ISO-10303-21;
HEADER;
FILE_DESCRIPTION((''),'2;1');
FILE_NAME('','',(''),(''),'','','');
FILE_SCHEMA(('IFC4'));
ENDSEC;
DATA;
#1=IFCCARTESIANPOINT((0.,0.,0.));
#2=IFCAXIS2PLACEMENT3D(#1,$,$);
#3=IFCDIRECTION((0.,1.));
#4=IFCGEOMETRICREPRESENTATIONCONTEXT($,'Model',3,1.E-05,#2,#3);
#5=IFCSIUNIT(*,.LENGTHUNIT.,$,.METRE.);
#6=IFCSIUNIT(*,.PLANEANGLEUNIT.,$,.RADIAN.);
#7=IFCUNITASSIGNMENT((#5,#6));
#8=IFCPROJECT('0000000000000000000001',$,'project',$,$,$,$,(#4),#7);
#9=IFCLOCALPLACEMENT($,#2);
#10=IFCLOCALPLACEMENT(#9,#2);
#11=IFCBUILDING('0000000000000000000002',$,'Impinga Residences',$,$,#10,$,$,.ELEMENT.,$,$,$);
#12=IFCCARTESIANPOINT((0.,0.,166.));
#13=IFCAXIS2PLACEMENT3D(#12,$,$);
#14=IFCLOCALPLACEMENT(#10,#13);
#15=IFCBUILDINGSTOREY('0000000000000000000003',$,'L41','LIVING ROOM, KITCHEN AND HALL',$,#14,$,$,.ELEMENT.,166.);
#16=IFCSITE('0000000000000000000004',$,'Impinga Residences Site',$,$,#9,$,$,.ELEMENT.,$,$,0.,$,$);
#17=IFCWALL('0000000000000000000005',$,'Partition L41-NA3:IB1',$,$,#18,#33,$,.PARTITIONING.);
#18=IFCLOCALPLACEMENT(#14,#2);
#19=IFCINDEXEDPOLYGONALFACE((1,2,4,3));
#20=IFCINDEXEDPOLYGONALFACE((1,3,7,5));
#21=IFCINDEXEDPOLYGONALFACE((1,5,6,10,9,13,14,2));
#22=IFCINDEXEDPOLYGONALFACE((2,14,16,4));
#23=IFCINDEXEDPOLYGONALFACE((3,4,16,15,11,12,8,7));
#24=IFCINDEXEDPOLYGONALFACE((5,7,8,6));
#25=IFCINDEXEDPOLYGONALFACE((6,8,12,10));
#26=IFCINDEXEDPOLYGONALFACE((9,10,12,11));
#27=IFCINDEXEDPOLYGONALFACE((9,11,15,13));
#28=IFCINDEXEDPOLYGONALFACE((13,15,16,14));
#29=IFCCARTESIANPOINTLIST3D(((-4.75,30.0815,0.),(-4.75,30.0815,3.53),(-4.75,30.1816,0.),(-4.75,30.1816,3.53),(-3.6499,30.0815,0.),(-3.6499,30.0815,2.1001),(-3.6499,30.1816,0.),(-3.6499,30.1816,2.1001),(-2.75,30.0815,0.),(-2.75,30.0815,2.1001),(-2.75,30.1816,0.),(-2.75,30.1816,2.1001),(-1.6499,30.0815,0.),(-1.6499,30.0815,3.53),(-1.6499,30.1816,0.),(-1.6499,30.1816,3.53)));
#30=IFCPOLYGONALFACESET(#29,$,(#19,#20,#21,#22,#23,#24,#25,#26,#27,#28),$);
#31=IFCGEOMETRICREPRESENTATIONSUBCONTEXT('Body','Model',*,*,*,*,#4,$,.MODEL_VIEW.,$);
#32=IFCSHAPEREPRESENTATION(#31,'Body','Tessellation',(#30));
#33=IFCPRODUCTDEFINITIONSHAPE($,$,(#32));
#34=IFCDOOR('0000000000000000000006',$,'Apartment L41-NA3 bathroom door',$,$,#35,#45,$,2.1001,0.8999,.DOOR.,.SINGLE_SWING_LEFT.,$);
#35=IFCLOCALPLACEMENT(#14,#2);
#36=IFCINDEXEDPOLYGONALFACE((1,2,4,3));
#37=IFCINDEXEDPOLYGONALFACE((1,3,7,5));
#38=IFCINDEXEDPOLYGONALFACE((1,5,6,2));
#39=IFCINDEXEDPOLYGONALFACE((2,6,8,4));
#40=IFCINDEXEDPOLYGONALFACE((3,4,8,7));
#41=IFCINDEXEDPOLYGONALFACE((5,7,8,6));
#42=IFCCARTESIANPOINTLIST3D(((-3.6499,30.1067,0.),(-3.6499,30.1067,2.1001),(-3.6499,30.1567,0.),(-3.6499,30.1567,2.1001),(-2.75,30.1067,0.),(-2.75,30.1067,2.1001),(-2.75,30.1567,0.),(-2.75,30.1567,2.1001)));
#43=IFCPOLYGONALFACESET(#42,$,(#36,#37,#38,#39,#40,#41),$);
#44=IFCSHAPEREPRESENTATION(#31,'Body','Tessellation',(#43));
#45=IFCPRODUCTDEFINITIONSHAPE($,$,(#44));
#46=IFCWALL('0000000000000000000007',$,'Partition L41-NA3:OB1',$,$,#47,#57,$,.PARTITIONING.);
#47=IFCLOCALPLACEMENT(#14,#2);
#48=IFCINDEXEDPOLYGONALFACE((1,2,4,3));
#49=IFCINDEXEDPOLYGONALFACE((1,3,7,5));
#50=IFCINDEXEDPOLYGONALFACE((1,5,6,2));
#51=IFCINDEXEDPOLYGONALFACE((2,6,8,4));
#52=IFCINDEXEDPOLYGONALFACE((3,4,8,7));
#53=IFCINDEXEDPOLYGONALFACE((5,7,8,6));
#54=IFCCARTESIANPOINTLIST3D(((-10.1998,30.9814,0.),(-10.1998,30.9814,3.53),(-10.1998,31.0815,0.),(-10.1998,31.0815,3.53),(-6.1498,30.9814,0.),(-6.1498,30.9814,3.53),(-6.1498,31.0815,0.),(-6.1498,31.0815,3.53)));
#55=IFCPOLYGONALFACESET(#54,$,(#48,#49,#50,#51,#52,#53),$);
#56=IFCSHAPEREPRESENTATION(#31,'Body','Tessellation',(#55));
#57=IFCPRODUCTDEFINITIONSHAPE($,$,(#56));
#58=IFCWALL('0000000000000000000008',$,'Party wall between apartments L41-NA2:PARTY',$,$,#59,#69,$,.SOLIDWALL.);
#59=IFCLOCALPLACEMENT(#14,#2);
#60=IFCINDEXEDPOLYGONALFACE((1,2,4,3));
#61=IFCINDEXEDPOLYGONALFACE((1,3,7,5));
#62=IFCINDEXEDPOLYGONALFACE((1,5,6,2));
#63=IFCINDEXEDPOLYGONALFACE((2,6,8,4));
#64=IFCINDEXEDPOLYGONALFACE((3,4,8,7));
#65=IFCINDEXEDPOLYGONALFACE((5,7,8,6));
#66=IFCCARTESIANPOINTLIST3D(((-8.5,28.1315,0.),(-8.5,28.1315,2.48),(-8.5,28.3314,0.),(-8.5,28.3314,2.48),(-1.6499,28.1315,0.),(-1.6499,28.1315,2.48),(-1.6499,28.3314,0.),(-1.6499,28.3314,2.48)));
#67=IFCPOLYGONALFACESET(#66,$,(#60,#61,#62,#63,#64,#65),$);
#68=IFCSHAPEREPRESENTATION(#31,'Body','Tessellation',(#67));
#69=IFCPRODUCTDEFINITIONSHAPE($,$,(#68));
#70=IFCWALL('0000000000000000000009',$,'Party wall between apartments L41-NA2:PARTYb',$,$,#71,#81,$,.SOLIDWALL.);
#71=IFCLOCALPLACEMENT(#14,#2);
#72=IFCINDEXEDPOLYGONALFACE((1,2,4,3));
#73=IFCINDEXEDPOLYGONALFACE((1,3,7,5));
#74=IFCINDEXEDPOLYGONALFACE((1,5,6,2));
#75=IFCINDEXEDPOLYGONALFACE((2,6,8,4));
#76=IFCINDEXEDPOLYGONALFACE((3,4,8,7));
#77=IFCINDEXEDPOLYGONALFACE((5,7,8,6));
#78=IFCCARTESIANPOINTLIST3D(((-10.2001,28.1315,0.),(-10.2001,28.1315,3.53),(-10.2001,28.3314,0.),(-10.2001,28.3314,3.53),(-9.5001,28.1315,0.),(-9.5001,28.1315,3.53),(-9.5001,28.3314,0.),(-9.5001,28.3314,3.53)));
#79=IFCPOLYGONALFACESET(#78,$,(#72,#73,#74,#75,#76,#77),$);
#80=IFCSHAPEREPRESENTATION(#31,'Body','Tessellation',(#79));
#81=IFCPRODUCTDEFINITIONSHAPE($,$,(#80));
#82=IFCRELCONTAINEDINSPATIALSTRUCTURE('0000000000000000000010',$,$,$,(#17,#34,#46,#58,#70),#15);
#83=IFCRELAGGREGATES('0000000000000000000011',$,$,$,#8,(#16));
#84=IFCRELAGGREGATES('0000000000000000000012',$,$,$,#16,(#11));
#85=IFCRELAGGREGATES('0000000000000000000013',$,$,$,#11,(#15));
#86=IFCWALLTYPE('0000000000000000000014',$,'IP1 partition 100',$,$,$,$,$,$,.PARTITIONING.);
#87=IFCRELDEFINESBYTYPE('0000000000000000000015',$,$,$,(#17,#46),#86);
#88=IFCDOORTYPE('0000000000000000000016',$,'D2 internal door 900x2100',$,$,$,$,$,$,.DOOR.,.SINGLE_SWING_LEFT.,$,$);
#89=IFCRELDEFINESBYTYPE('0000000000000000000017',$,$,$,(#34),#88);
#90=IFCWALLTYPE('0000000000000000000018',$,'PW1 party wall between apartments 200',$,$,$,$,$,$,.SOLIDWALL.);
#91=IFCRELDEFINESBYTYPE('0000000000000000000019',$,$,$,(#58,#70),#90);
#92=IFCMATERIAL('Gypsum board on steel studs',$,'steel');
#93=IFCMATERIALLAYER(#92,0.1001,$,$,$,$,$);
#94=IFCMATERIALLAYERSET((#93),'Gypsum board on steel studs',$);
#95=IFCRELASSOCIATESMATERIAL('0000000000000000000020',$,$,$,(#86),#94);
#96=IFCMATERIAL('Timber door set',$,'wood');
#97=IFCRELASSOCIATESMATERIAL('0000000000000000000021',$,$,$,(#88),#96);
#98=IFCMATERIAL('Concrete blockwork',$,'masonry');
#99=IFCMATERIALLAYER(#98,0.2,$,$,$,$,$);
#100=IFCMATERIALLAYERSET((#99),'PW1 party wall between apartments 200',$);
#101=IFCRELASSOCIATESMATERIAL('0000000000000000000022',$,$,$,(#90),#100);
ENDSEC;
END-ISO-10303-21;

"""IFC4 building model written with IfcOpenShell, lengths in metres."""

from ifc_helpers import new_model, si_unit, direction, frame, frame_2d, origin, place, context, subcontext, project, spatial, rectangle, extrude, material, layer, layer_set, type_object, element, fill, save


model = new_model("IFC4")

# Units and contexts
model_context = context("Model", 3, precision=1e-05, world=origin(), true_north=direction((0.0, 1.0)))
body_context = subcontext(model_context, "Body", "Model", "MODEL_VIEW")
ifc_project = project(units=[si_unit("LENGTHUNIT", "METRE"), si_unit("PLANEANGLEUNIT", "RADIAN")], contexts=[model_context])

# Site, building, storey
site_placement = place(None, origin())
site = spatial("IfcSite", under=ifc_project, at=site_placement, Name="Impinga Residences Site", CompositionType="ELEMENT", RefElevation=0.0)
building_placement = place(site_placement, origin())
building = spatial("IfcBuilding", under=site, at=building_placement, Name="Impinga Residences", CompositionType="ELEMENT")
storey_placement = place(building_placement, frame((0.0, 0.0, 166.0)))
storey = spatial("IfcBuildingStorey", under=building, at=storey_placement, Name="L41", Description="LIVING ROOM, KITCHEN AND HALL", CompositionType="ELEMENT", Elevation=166.0)

# Shared definitions
ifc_material_1 = material(Name="Concrete blockwork", Category="masonry")
ifc_material_2 = material(Name="Timber door set", Category="wood")

# Shared definitions
ifc_material_3 = material(Name="Gypsum board on steel studs", Category="steel")
ifc_layer_1 = layer(ifc_material_3, 0.1001)
ifc_layer_set_1 = layer_set([ifc_layer_1], Name="Gypsum board on steel studs")
wall_type_1 = type_object("IfcWallType", Name="IP1 partition 100", PredefinedType="PARTITIONING", material=ifc_layer_set_1)

# Shared definitions
door_type_1 = type_object("IfcDoorType", Name="D2 internal door 900x2100", OperationType="SINGLE_SWING_LEFT", PredefinedType="DOOR", material=ifc_material_2)

# Wall, opening, door
wall_1_placement = place(storey_placement, frame((-1.6499, 30.1316, 0.0), z_axis=(0.0, 0.0, 1.0), x_axis=(-1.0, 0.0, 0.0)))
wall_1 = element("IfcWall", 1, at=wall_1_placement, inside=storey, type_object=wall_type_1, Name="Partition L41-NA3:IB1", PredefinedType="PARTITIONING", context=body_context, shape_type="SweptSolid", body=[
    extrude(rectangle(XDim=3.1001, YDim=0.1001, at=frame_2d((1.55, 0.0))), origin(), (0.0, 0.0, 1.0), 3.53),
])
opening_1_placement = place(wall_1_placement, frame((1.1001, 0.0, 0.0)))
opening_1 = element("IfcOpeningElement", 2, at=opening_1_placement, cuts=wall_1, PredefinedType="OPENING", context=body_context, shape_type="SweptSolid", body=[
    extrude(rectangle(XDim=0.8999, YDim=2.1001, at=frame_2d((0.45, 1.05))), frame((0.0, 0.0601, 0.0), z_axis=(0.0, -1.0, 0.0), x_axis=(1.0, 0.0, 0.0)), (0.0, 0.0, 1.0), 0.1201),
])
door_1_placement = place(opening_1_placement, origin())
door_1 = element("IfcDoor", 3, at=door_1_placement, inside=storey, type_object=door_type_1, Name="Apartment L41-NA3 bathroom door", OperationType="SINGLE_SWING_LEFT", OverallHeight=2.1001, OverallWidth=0.8999, PredefinedType="DOOR", context=body_context, shape_type="SweptSolid", body=[
    extrude(rectangle(XDim=0.8999, YDim=2.1001, at=frame_2d((0.45, 1.05))), frame((0.0, 0.0249, 0.0), z_axis=(0.0, -1.0, 0.0), x_axis=(1.0, 0.0, 0.0)), (0.0, 0.0, 1.0), 0.05),
])
fill(opening_1, door_1)

# Walls
wall_2_placement = place(storey_placement, frame((-6.1499, 31.0315, 0.0), z_axis=(0.0, 0.0, 1.0), x_axis=(-1.0, 0.0, 0.0)))
element("IfcWall", 4, at=wall_2_placement, inside=storey, type_object=wall_type_1, Name="Partition L41-NA3:OB1", PredefinedType="PARTITIONING", context=body_context, shape_type="SweptSolid", body=[
    extrude(rectangle(XDim=4.05, YDim=0.1001, at=frame_2d((2.0249, 0.0))), origin(), (0.0, 0.0, 1.0), 3.53),
])
ifc_layer_2 = layer(ifc_material_1, 0.2)
ifc_layer_set_2 = layer_set([ifc_layer_2], Name="PW1 party wall between apartments 200")
wall_type_2 = type_object("IfcWallType", Name="PW1 party wall between apartments 200", PredefinedType="SOLIDWALL", material=ifc_layer_set_2)
wall_3_placement = place(storey_placement, frame((-1.6499, 28.2314, 0.0), z_axis=(0.0, 0.0, 1.0), x_axis=(-1.0, 0.0, 0.0)))
element("IfcWall", 5, at=wall_3_placement, inside=storey, type_object=wall_type_2, Name="Party wall between apartments L41-NA2:PARTY", PredefinedType="SOLIDWALL", context=body_context, shape_type="SweptSolid", body=[
    extrude(rectangle(XDim=6.8501, YDim=0.2, at=frame_2d((3.425, 0.0))), origin(), (0.0, 0.0, 1.0), 2.48),
])
wall_4_placement = place(storey_placement, frame((-9.5, 28.2314, 0.0), z_axis=(0.0, 0.0, 1.0), x_axis=(-1.0, 0.0, 0.0)))
element("IfcWall", 6, at=wall_4_placement, inside=storey, type_object=wall_type_2, Name="Party wall between apartments L41-NA2:PARTYb", PredefinedType="SOLIDWALL", context=body_context, shape_type="SweptSolid", body=[
    extrude(rectangle(XDim=0.7, YDim=0.2, at=frame_2d((0.3501, 0.0))), origin(), (0.0, 0.0, 1.0), 3.53),
])

save(model, "model.ifc")
